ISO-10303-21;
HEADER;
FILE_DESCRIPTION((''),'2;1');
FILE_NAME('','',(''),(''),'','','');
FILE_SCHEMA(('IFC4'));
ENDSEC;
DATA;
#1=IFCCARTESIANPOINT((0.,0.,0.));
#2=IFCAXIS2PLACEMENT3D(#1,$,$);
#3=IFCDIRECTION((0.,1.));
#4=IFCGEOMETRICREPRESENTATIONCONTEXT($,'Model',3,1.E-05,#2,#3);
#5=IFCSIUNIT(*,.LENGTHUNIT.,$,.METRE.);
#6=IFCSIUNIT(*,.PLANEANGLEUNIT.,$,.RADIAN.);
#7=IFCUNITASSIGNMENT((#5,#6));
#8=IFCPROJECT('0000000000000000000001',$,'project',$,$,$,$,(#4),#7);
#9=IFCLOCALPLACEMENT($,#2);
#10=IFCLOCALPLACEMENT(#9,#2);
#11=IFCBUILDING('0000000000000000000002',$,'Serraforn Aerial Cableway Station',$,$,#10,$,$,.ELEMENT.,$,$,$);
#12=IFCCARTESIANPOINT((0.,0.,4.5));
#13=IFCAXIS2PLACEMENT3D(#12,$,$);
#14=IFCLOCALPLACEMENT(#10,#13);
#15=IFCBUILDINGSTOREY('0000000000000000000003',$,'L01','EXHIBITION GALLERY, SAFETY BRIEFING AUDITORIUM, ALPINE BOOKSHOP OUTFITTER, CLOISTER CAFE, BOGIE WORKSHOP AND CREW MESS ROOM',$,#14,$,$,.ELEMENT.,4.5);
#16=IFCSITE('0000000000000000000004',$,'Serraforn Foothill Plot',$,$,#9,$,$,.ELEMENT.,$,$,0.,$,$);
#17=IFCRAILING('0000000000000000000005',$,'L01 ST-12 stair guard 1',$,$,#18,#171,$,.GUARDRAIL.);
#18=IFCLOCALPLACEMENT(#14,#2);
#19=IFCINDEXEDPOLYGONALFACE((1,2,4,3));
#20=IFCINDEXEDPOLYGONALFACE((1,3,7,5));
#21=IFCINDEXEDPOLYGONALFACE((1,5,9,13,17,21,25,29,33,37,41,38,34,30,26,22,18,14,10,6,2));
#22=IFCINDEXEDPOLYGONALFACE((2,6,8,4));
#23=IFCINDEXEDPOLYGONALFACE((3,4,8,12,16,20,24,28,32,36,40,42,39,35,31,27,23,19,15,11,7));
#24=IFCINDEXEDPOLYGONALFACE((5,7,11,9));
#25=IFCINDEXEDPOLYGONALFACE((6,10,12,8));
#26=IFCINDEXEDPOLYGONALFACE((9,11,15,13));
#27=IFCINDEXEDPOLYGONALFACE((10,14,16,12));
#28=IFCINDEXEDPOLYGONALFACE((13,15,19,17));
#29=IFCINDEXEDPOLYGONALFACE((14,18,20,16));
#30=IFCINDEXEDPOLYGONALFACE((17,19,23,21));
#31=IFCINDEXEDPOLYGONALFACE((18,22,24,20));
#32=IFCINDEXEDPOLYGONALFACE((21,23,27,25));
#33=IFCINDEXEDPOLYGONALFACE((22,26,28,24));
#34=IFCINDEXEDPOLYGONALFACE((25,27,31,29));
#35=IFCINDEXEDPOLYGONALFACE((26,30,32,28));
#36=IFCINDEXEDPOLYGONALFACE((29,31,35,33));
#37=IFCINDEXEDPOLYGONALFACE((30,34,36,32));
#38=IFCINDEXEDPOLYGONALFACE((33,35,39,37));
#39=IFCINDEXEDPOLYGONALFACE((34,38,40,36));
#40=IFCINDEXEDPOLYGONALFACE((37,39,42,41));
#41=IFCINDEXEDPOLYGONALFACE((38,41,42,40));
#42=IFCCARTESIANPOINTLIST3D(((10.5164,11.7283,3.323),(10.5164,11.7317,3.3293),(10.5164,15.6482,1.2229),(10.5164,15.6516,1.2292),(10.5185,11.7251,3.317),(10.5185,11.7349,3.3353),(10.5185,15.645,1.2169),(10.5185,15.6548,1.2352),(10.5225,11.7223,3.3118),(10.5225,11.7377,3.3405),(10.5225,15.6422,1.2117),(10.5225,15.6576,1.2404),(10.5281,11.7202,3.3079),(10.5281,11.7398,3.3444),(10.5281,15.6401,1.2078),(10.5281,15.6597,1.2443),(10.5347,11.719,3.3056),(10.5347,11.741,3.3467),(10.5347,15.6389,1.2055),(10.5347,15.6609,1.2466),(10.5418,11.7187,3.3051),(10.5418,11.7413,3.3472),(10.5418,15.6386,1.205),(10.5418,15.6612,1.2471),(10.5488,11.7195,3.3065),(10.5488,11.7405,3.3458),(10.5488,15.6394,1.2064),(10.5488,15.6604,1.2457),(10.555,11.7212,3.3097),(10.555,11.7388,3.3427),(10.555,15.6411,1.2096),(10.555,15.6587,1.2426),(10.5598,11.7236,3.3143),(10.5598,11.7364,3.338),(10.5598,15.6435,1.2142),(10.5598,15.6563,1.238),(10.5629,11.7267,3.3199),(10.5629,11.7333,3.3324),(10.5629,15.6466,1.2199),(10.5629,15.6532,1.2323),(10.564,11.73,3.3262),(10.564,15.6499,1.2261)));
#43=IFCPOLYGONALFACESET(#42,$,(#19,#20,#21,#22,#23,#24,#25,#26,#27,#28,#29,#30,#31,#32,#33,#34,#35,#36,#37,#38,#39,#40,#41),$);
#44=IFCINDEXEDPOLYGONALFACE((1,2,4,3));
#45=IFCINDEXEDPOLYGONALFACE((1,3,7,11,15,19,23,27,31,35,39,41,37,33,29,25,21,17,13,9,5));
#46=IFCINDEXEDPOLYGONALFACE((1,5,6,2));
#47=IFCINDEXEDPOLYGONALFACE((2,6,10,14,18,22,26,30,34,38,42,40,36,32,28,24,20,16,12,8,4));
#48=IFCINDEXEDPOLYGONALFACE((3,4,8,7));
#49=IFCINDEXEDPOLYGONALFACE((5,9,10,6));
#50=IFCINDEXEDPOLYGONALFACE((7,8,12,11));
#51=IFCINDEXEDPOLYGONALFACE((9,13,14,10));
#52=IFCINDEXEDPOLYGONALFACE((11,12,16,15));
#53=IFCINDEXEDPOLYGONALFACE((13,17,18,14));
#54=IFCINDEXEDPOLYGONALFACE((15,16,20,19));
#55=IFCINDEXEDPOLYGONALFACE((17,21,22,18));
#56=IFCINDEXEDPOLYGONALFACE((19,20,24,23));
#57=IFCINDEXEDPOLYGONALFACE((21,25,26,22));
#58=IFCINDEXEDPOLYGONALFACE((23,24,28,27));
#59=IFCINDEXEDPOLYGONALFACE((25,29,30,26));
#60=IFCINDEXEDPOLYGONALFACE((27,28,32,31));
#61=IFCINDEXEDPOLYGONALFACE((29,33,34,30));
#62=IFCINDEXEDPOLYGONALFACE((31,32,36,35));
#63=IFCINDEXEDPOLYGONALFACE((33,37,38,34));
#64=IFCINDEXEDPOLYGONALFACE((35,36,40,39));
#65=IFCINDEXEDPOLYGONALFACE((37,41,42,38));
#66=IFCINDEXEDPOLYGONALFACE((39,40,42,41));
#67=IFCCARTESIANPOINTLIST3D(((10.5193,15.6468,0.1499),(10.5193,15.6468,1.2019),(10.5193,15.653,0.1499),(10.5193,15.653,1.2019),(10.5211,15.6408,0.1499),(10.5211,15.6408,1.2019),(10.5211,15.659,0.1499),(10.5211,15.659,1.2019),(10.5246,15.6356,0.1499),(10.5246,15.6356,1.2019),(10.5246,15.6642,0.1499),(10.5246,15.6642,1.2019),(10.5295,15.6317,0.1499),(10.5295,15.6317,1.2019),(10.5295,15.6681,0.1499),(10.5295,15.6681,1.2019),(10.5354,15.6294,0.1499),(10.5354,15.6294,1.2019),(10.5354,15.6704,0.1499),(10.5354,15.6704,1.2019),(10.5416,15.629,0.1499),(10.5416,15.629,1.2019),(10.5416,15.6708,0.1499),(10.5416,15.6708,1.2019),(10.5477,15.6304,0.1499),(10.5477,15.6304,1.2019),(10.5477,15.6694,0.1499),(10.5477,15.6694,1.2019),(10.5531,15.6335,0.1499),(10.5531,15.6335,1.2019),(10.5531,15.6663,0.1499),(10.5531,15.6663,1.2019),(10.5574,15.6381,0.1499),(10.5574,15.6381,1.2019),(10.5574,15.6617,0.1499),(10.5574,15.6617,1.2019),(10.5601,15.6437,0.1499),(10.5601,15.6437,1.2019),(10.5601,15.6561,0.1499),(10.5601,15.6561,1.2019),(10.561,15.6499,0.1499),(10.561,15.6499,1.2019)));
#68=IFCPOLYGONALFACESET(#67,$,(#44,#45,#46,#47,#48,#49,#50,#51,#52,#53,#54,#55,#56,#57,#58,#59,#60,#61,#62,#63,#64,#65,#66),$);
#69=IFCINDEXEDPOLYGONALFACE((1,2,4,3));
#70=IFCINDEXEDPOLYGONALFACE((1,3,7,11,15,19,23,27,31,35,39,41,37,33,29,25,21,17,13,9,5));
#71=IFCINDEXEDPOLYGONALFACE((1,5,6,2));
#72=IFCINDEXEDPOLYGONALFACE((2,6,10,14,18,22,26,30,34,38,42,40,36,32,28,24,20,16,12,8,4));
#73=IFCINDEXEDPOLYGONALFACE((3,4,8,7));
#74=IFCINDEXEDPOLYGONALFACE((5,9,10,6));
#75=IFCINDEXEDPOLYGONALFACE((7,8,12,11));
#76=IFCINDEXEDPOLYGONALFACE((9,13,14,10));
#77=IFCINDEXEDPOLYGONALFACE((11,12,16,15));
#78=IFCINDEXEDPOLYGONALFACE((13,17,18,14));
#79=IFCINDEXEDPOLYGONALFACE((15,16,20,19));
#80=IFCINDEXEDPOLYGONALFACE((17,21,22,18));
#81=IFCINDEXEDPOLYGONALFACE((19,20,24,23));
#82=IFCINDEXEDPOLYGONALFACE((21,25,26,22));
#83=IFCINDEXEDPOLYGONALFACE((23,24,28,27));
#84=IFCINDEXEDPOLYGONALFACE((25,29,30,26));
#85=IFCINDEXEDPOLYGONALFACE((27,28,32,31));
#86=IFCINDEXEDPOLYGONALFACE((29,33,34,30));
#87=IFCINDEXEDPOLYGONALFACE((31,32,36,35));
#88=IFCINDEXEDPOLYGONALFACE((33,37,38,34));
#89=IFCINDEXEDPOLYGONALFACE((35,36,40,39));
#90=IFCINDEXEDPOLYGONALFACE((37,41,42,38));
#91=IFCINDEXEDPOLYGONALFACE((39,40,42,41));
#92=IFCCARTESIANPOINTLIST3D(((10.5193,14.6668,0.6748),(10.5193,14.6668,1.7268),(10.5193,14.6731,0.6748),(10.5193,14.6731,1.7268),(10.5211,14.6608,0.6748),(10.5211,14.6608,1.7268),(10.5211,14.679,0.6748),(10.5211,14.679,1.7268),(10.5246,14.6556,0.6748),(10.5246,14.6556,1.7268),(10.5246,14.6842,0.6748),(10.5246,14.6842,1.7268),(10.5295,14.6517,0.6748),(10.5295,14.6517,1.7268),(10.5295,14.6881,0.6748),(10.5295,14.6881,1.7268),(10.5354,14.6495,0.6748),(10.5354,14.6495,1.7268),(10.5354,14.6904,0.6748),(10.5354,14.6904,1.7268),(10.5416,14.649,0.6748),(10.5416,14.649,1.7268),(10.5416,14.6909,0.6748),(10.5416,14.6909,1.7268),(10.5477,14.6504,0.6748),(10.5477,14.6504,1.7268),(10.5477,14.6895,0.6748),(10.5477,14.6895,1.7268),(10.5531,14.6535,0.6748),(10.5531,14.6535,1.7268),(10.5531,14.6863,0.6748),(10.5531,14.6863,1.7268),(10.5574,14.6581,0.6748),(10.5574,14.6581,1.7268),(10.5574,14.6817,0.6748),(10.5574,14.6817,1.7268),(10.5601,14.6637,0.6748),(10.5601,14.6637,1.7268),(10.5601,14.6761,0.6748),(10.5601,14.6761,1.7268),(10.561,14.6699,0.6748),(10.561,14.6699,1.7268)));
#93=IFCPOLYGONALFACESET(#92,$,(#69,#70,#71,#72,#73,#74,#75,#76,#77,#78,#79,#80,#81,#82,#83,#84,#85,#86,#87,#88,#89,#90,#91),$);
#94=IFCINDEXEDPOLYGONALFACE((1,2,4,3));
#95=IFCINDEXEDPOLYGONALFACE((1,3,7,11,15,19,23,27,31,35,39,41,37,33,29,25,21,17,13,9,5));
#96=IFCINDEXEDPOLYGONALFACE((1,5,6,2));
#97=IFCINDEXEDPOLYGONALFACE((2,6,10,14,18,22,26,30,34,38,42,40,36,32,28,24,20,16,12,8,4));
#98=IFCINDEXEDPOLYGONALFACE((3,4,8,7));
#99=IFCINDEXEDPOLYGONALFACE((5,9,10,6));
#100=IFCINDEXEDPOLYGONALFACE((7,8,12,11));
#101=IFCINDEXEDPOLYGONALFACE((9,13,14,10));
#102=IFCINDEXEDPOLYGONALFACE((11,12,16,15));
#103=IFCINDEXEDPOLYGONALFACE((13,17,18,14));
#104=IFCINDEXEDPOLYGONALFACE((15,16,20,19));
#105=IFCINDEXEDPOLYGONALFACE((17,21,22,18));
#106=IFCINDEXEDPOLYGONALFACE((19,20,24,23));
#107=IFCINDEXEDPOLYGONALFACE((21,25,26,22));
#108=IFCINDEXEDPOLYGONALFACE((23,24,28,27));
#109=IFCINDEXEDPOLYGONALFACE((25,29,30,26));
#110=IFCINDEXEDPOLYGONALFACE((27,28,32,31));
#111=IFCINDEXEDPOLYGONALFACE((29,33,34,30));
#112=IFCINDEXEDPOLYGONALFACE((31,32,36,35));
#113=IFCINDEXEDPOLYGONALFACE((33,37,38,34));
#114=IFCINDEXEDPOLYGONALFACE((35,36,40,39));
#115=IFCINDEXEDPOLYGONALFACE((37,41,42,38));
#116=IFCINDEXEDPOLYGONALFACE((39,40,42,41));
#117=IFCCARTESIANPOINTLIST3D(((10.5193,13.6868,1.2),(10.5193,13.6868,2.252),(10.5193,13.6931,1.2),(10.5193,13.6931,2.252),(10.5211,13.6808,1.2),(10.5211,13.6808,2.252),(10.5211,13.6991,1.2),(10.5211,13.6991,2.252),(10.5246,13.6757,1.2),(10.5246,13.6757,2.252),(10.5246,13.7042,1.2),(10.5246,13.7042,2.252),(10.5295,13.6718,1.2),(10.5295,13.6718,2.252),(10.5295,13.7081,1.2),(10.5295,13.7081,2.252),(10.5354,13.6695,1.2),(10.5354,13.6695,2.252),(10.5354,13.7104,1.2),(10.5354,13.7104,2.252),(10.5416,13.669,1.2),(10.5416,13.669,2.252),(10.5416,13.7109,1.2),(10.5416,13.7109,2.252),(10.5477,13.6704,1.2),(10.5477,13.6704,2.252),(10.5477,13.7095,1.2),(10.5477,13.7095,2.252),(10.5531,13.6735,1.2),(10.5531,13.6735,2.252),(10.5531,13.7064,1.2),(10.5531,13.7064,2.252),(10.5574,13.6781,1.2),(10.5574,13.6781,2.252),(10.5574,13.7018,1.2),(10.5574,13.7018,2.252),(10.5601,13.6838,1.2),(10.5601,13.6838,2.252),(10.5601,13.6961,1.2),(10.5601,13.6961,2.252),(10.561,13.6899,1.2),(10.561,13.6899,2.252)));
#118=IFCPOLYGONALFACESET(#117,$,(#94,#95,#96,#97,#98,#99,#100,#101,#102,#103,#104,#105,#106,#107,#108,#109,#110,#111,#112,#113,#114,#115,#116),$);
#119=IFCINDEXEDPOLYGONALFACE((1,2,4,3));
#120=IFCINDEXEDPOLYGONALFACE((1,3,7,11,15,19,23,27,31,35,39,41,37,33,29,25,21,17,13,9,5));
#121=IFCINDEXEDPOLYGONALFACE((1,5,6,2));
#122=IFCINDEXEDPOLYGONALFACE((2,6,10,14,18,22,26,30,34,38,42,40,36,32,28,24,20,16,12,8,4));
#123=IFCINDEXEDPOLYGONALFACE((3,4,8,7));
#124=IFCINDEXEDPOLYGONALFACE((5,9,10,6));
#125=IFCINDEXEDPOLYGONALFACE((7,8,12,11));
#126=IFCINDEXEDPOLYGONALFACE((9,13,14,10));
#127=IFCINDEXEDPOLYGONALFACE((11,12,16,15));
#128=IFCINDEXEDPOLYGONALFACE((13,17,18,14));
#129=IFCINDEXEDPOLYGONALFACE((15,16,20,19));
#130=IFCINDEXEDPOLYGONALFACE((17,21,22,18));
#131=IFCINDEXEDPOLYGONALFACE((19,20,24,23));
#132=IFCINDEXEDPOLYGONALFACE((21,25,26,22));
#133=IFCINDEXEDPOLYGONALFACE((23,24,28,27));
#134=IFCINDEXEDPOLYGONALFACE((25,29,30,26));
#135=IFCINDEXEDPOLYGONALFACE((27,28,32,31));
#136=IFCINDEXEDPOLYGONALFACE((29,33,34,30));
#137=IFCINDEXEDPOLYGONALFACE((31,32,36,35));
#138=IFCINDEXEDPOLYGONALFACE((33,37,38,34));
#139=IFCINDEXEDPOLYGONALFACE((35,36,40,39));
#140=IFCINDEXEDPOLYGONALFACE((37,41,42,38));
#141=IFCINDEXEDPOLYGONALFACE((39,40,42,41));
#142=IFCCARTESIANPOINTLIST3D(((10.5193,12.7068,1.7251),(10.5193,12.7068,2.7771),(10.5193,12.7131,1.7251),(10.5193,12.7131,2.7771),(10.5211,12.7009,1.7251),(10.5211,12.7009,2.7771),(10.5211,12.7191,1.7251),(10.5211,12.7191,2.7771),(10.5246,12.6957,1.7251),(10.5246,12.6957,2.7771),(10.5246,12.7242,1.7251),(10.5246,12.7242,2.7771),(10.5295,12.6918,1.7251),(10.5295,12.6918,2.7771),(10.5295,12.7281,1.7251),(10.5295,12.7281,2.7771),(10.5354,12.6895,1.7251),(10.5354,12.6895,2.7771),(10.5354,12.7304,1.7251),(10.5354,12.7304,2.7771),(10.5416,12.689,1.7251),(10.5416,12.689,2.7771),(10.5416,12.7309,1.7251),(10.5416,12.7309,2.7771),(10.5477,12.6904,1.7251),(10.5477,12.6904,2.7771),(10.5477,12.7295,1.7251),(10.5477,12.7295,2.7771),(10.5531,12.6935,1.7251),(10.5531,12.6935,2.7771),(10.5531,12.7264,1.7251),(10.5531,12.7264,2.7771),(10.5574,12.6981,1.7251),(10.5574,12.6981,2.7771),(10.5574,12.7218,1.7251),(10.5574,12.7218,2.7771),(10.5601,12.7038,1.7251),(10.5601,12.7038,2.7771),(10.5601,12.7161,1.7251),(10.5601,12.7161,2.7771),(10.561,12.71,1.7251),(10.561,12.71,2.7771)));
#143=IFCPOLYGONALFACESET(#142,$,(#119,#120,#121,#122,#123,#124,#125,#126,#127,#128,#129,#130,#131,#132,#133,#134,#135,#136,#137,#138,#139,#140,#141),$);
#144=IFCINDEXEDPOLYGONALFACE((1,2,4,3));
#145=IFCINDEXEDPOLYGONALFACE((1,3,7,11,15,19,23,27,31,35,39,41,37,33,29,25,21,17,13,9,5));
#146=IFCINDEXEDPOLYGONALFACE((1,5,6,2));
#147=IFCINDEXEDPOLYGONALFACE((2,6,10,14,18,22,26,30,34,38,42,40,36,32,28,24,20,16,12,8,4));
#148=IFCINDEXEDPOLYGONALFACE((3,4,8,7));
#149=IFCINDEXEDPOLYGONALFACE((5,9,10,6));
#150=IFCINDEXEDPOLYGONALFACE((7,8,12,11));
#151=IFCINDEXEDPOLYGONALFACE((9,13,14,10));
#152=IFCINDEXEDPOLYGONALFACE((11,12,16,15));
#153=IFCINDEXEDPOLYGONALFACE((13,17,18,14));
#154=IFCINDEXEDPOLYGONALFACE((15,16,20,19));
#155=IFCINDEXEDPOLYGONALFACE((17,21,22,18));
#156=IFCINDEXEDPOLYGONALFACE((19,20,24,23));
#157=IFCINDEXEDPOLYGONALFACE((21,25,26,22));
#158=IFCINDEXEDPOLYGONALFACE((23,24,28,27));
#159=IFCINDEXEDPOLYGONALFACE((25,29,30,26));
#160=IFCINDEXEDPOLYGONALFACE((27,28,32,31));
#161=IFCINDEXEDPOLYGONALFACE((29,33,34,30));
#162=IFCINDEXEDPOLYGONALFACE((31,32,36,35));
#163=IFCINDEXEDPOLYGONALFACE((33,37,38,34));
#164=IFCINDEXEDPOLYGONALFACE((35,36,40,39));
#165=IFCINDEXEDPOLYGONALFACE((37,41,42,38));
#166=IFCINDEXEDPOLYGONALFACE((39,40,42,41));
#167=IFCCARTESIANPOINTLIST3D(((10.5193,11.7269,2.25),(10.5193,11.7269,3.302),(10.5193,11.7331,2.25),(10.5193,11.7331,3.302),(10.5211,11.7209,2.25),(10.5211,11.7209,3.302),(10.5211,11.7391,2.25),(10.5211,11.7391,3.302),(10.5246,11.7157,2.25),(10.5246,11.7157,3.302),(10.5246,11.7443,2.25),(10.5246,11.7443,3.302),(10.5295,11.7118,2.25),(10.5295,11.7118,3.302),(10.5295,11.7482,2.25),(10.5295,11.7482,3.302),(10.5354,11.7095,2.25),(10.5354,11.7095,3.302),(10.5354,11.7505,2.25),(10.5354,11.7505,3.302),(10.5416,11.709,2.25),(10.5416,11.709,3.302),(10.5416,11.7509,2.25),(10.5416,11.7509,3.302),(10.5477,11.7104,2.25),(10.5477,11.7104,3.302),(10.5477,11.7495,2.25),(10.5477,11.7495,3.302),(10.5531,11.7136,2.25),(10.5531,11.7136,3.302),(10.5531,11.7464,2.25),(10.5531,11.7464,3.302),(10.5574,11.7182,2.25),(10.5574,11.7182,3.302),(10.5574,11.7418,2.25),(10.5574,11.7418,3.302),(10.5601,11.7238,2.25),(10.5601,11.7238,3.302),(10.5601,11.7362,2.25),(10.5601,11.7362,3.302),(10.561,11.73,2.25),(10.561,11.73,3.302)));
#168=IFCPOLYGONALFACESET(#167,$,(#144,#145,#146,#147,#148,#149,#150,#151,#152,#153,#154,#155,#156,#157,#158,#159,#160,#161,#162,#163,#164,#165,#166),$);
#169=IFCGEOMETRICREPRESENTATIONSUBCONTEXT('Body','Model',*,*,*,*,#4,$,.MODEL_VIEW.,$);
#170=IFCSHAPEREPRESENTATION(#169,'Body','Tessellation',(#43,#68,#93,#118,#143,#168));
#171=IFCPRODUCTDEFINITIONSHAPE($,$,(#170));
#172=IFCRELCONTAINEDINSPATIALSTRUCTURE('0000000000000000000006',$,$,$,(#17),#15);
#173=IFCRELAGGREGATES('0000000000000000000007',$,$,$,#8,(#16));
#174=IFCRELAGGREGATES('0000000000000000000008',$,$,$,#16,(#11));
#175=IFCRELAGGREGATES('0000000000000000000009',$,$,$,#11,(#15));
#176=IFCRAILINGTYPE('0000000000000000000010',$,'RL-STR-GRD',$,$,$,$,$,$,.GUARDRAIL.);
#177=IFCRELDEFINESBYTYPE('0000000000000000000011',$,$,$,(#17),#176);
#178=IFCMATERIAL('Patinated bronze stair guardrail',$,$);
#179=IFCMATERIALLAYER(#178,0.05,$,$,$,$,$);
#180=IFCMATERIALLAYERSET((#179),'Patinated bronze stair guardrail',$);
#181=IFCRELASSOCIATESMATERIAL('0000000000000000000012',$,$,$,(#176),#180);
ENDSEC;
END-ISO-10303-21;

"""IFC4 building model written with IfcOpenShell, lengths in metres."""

from ifc_helpers import new_model, si_unit, direction, frame, origin, origin_2d, place, context, subcontext, project, spatial, circle, extrude, material, layer, layer_set, type_object, element, save


model = new_model("IFC4")

# Units and contexts
model_context = context("Model", 3, precision=1e-05, world=origin(), true_north=direction((0.0, 1.0)))
body_context = subcontext(model_context, "Body", "Model", "MODEL_VIEW")
ifc_project = project(units=[si_unit("LENGTHUNIT", "METRE"), si_unit("PLANEANGLEUNIT", "RADIAN")], contexts=[model_context])

# Site, building, storey
site_placement = place(None, origin())
site = spatial("IfcSite", under=ifc_project, at=site_placement, Name="Serraforn Foothill Plot", CompositionType="ELEMENT", RefElevation=0.0)
building_placement = place(site_placement, origin())
building = spatial("IfcBuilding", under=site, at=building_placement, Name="Serraforn Aerial Cableway Station", CompositionType="ELEMENT")
storey_placement = place(building_placement, frame((0.0, 0.0, 4.5)))
storey = spatial("IfcBuildingStorey", under=building, at=storey_placement, Name="L01", Description="EXHIBITION GALLERY, SAFETY BRIEFING AUDITORIUM, ALPINE BOOKSHOP OUTFITTER, CLOISTER CAFE, BOGIE WORKSHOP AND CREW MESS ROOM", CompositionType="ELEMENT", Elevation=4.5)

# Railing
ifc_material_1 = material(Name="Patinated bronze stair guardrail")
ifc_layer_1 = layer(ifc_material_1, 0.05)
ifc_layer_set_1 = layer_set([ifc_layer_1], Name="Patinated bronze stair guardrail")
railing_type_1 = type_object("IfcRailingType", Name="RL-STR-GRD", PredefinedType="GUARDRAIL", material=ifc_layer_set_1)
railing_1_placement = place(storey_placement, frame((10.54, 15.6499, 0.1499)))
element("IfcRailing", 1, at=railing_1_placement, inside=storey, type_object=railing_type_1, Name="L01 ST-12 stair guard 1", PredefinedType="GUARDRAIL", context=body_context, shape_type="SweptSolid", body=[
    extrude(circle(Radius=0.0239, at=origin_2d()), frame((0.0, 0.0, 1.0762), z_axis=(0.0, -0.881467, 0.472246), x_axis=(1.0, 0.0, 0.0)), (0.0, 0.0, 1.0), 4.447),
    extrude(circle(Radius=0.021, at=origin_2d()), origin(), (0.0, 0.0, 1.0), 1.052),
    extrude(circle(Radius=0.021, at=origin_2d()), frame((0.0, -0.98, 0.5249)), (0.0, 0.0, 1.0), 1.052),
    extrude(circle(Radius=0.021, at=origin_2d()), frame((0.0, -1.96, 1.05)), (0.0, 0.0, 1.0), 1.052),
    extrude(circle(Radius=0.021, at=origin_2d()), frame((0.0, -2.9399, 1.5752)), (0.0, 0.0, 1.0), 1.052),
    extrude(circle(Radius=0.021, at=origin_2d()), frame((0.0, -3.9199, 2.1001)), (0.0, 0.0, 1.0), 1.052),
])

save(model, "model.ifc")
